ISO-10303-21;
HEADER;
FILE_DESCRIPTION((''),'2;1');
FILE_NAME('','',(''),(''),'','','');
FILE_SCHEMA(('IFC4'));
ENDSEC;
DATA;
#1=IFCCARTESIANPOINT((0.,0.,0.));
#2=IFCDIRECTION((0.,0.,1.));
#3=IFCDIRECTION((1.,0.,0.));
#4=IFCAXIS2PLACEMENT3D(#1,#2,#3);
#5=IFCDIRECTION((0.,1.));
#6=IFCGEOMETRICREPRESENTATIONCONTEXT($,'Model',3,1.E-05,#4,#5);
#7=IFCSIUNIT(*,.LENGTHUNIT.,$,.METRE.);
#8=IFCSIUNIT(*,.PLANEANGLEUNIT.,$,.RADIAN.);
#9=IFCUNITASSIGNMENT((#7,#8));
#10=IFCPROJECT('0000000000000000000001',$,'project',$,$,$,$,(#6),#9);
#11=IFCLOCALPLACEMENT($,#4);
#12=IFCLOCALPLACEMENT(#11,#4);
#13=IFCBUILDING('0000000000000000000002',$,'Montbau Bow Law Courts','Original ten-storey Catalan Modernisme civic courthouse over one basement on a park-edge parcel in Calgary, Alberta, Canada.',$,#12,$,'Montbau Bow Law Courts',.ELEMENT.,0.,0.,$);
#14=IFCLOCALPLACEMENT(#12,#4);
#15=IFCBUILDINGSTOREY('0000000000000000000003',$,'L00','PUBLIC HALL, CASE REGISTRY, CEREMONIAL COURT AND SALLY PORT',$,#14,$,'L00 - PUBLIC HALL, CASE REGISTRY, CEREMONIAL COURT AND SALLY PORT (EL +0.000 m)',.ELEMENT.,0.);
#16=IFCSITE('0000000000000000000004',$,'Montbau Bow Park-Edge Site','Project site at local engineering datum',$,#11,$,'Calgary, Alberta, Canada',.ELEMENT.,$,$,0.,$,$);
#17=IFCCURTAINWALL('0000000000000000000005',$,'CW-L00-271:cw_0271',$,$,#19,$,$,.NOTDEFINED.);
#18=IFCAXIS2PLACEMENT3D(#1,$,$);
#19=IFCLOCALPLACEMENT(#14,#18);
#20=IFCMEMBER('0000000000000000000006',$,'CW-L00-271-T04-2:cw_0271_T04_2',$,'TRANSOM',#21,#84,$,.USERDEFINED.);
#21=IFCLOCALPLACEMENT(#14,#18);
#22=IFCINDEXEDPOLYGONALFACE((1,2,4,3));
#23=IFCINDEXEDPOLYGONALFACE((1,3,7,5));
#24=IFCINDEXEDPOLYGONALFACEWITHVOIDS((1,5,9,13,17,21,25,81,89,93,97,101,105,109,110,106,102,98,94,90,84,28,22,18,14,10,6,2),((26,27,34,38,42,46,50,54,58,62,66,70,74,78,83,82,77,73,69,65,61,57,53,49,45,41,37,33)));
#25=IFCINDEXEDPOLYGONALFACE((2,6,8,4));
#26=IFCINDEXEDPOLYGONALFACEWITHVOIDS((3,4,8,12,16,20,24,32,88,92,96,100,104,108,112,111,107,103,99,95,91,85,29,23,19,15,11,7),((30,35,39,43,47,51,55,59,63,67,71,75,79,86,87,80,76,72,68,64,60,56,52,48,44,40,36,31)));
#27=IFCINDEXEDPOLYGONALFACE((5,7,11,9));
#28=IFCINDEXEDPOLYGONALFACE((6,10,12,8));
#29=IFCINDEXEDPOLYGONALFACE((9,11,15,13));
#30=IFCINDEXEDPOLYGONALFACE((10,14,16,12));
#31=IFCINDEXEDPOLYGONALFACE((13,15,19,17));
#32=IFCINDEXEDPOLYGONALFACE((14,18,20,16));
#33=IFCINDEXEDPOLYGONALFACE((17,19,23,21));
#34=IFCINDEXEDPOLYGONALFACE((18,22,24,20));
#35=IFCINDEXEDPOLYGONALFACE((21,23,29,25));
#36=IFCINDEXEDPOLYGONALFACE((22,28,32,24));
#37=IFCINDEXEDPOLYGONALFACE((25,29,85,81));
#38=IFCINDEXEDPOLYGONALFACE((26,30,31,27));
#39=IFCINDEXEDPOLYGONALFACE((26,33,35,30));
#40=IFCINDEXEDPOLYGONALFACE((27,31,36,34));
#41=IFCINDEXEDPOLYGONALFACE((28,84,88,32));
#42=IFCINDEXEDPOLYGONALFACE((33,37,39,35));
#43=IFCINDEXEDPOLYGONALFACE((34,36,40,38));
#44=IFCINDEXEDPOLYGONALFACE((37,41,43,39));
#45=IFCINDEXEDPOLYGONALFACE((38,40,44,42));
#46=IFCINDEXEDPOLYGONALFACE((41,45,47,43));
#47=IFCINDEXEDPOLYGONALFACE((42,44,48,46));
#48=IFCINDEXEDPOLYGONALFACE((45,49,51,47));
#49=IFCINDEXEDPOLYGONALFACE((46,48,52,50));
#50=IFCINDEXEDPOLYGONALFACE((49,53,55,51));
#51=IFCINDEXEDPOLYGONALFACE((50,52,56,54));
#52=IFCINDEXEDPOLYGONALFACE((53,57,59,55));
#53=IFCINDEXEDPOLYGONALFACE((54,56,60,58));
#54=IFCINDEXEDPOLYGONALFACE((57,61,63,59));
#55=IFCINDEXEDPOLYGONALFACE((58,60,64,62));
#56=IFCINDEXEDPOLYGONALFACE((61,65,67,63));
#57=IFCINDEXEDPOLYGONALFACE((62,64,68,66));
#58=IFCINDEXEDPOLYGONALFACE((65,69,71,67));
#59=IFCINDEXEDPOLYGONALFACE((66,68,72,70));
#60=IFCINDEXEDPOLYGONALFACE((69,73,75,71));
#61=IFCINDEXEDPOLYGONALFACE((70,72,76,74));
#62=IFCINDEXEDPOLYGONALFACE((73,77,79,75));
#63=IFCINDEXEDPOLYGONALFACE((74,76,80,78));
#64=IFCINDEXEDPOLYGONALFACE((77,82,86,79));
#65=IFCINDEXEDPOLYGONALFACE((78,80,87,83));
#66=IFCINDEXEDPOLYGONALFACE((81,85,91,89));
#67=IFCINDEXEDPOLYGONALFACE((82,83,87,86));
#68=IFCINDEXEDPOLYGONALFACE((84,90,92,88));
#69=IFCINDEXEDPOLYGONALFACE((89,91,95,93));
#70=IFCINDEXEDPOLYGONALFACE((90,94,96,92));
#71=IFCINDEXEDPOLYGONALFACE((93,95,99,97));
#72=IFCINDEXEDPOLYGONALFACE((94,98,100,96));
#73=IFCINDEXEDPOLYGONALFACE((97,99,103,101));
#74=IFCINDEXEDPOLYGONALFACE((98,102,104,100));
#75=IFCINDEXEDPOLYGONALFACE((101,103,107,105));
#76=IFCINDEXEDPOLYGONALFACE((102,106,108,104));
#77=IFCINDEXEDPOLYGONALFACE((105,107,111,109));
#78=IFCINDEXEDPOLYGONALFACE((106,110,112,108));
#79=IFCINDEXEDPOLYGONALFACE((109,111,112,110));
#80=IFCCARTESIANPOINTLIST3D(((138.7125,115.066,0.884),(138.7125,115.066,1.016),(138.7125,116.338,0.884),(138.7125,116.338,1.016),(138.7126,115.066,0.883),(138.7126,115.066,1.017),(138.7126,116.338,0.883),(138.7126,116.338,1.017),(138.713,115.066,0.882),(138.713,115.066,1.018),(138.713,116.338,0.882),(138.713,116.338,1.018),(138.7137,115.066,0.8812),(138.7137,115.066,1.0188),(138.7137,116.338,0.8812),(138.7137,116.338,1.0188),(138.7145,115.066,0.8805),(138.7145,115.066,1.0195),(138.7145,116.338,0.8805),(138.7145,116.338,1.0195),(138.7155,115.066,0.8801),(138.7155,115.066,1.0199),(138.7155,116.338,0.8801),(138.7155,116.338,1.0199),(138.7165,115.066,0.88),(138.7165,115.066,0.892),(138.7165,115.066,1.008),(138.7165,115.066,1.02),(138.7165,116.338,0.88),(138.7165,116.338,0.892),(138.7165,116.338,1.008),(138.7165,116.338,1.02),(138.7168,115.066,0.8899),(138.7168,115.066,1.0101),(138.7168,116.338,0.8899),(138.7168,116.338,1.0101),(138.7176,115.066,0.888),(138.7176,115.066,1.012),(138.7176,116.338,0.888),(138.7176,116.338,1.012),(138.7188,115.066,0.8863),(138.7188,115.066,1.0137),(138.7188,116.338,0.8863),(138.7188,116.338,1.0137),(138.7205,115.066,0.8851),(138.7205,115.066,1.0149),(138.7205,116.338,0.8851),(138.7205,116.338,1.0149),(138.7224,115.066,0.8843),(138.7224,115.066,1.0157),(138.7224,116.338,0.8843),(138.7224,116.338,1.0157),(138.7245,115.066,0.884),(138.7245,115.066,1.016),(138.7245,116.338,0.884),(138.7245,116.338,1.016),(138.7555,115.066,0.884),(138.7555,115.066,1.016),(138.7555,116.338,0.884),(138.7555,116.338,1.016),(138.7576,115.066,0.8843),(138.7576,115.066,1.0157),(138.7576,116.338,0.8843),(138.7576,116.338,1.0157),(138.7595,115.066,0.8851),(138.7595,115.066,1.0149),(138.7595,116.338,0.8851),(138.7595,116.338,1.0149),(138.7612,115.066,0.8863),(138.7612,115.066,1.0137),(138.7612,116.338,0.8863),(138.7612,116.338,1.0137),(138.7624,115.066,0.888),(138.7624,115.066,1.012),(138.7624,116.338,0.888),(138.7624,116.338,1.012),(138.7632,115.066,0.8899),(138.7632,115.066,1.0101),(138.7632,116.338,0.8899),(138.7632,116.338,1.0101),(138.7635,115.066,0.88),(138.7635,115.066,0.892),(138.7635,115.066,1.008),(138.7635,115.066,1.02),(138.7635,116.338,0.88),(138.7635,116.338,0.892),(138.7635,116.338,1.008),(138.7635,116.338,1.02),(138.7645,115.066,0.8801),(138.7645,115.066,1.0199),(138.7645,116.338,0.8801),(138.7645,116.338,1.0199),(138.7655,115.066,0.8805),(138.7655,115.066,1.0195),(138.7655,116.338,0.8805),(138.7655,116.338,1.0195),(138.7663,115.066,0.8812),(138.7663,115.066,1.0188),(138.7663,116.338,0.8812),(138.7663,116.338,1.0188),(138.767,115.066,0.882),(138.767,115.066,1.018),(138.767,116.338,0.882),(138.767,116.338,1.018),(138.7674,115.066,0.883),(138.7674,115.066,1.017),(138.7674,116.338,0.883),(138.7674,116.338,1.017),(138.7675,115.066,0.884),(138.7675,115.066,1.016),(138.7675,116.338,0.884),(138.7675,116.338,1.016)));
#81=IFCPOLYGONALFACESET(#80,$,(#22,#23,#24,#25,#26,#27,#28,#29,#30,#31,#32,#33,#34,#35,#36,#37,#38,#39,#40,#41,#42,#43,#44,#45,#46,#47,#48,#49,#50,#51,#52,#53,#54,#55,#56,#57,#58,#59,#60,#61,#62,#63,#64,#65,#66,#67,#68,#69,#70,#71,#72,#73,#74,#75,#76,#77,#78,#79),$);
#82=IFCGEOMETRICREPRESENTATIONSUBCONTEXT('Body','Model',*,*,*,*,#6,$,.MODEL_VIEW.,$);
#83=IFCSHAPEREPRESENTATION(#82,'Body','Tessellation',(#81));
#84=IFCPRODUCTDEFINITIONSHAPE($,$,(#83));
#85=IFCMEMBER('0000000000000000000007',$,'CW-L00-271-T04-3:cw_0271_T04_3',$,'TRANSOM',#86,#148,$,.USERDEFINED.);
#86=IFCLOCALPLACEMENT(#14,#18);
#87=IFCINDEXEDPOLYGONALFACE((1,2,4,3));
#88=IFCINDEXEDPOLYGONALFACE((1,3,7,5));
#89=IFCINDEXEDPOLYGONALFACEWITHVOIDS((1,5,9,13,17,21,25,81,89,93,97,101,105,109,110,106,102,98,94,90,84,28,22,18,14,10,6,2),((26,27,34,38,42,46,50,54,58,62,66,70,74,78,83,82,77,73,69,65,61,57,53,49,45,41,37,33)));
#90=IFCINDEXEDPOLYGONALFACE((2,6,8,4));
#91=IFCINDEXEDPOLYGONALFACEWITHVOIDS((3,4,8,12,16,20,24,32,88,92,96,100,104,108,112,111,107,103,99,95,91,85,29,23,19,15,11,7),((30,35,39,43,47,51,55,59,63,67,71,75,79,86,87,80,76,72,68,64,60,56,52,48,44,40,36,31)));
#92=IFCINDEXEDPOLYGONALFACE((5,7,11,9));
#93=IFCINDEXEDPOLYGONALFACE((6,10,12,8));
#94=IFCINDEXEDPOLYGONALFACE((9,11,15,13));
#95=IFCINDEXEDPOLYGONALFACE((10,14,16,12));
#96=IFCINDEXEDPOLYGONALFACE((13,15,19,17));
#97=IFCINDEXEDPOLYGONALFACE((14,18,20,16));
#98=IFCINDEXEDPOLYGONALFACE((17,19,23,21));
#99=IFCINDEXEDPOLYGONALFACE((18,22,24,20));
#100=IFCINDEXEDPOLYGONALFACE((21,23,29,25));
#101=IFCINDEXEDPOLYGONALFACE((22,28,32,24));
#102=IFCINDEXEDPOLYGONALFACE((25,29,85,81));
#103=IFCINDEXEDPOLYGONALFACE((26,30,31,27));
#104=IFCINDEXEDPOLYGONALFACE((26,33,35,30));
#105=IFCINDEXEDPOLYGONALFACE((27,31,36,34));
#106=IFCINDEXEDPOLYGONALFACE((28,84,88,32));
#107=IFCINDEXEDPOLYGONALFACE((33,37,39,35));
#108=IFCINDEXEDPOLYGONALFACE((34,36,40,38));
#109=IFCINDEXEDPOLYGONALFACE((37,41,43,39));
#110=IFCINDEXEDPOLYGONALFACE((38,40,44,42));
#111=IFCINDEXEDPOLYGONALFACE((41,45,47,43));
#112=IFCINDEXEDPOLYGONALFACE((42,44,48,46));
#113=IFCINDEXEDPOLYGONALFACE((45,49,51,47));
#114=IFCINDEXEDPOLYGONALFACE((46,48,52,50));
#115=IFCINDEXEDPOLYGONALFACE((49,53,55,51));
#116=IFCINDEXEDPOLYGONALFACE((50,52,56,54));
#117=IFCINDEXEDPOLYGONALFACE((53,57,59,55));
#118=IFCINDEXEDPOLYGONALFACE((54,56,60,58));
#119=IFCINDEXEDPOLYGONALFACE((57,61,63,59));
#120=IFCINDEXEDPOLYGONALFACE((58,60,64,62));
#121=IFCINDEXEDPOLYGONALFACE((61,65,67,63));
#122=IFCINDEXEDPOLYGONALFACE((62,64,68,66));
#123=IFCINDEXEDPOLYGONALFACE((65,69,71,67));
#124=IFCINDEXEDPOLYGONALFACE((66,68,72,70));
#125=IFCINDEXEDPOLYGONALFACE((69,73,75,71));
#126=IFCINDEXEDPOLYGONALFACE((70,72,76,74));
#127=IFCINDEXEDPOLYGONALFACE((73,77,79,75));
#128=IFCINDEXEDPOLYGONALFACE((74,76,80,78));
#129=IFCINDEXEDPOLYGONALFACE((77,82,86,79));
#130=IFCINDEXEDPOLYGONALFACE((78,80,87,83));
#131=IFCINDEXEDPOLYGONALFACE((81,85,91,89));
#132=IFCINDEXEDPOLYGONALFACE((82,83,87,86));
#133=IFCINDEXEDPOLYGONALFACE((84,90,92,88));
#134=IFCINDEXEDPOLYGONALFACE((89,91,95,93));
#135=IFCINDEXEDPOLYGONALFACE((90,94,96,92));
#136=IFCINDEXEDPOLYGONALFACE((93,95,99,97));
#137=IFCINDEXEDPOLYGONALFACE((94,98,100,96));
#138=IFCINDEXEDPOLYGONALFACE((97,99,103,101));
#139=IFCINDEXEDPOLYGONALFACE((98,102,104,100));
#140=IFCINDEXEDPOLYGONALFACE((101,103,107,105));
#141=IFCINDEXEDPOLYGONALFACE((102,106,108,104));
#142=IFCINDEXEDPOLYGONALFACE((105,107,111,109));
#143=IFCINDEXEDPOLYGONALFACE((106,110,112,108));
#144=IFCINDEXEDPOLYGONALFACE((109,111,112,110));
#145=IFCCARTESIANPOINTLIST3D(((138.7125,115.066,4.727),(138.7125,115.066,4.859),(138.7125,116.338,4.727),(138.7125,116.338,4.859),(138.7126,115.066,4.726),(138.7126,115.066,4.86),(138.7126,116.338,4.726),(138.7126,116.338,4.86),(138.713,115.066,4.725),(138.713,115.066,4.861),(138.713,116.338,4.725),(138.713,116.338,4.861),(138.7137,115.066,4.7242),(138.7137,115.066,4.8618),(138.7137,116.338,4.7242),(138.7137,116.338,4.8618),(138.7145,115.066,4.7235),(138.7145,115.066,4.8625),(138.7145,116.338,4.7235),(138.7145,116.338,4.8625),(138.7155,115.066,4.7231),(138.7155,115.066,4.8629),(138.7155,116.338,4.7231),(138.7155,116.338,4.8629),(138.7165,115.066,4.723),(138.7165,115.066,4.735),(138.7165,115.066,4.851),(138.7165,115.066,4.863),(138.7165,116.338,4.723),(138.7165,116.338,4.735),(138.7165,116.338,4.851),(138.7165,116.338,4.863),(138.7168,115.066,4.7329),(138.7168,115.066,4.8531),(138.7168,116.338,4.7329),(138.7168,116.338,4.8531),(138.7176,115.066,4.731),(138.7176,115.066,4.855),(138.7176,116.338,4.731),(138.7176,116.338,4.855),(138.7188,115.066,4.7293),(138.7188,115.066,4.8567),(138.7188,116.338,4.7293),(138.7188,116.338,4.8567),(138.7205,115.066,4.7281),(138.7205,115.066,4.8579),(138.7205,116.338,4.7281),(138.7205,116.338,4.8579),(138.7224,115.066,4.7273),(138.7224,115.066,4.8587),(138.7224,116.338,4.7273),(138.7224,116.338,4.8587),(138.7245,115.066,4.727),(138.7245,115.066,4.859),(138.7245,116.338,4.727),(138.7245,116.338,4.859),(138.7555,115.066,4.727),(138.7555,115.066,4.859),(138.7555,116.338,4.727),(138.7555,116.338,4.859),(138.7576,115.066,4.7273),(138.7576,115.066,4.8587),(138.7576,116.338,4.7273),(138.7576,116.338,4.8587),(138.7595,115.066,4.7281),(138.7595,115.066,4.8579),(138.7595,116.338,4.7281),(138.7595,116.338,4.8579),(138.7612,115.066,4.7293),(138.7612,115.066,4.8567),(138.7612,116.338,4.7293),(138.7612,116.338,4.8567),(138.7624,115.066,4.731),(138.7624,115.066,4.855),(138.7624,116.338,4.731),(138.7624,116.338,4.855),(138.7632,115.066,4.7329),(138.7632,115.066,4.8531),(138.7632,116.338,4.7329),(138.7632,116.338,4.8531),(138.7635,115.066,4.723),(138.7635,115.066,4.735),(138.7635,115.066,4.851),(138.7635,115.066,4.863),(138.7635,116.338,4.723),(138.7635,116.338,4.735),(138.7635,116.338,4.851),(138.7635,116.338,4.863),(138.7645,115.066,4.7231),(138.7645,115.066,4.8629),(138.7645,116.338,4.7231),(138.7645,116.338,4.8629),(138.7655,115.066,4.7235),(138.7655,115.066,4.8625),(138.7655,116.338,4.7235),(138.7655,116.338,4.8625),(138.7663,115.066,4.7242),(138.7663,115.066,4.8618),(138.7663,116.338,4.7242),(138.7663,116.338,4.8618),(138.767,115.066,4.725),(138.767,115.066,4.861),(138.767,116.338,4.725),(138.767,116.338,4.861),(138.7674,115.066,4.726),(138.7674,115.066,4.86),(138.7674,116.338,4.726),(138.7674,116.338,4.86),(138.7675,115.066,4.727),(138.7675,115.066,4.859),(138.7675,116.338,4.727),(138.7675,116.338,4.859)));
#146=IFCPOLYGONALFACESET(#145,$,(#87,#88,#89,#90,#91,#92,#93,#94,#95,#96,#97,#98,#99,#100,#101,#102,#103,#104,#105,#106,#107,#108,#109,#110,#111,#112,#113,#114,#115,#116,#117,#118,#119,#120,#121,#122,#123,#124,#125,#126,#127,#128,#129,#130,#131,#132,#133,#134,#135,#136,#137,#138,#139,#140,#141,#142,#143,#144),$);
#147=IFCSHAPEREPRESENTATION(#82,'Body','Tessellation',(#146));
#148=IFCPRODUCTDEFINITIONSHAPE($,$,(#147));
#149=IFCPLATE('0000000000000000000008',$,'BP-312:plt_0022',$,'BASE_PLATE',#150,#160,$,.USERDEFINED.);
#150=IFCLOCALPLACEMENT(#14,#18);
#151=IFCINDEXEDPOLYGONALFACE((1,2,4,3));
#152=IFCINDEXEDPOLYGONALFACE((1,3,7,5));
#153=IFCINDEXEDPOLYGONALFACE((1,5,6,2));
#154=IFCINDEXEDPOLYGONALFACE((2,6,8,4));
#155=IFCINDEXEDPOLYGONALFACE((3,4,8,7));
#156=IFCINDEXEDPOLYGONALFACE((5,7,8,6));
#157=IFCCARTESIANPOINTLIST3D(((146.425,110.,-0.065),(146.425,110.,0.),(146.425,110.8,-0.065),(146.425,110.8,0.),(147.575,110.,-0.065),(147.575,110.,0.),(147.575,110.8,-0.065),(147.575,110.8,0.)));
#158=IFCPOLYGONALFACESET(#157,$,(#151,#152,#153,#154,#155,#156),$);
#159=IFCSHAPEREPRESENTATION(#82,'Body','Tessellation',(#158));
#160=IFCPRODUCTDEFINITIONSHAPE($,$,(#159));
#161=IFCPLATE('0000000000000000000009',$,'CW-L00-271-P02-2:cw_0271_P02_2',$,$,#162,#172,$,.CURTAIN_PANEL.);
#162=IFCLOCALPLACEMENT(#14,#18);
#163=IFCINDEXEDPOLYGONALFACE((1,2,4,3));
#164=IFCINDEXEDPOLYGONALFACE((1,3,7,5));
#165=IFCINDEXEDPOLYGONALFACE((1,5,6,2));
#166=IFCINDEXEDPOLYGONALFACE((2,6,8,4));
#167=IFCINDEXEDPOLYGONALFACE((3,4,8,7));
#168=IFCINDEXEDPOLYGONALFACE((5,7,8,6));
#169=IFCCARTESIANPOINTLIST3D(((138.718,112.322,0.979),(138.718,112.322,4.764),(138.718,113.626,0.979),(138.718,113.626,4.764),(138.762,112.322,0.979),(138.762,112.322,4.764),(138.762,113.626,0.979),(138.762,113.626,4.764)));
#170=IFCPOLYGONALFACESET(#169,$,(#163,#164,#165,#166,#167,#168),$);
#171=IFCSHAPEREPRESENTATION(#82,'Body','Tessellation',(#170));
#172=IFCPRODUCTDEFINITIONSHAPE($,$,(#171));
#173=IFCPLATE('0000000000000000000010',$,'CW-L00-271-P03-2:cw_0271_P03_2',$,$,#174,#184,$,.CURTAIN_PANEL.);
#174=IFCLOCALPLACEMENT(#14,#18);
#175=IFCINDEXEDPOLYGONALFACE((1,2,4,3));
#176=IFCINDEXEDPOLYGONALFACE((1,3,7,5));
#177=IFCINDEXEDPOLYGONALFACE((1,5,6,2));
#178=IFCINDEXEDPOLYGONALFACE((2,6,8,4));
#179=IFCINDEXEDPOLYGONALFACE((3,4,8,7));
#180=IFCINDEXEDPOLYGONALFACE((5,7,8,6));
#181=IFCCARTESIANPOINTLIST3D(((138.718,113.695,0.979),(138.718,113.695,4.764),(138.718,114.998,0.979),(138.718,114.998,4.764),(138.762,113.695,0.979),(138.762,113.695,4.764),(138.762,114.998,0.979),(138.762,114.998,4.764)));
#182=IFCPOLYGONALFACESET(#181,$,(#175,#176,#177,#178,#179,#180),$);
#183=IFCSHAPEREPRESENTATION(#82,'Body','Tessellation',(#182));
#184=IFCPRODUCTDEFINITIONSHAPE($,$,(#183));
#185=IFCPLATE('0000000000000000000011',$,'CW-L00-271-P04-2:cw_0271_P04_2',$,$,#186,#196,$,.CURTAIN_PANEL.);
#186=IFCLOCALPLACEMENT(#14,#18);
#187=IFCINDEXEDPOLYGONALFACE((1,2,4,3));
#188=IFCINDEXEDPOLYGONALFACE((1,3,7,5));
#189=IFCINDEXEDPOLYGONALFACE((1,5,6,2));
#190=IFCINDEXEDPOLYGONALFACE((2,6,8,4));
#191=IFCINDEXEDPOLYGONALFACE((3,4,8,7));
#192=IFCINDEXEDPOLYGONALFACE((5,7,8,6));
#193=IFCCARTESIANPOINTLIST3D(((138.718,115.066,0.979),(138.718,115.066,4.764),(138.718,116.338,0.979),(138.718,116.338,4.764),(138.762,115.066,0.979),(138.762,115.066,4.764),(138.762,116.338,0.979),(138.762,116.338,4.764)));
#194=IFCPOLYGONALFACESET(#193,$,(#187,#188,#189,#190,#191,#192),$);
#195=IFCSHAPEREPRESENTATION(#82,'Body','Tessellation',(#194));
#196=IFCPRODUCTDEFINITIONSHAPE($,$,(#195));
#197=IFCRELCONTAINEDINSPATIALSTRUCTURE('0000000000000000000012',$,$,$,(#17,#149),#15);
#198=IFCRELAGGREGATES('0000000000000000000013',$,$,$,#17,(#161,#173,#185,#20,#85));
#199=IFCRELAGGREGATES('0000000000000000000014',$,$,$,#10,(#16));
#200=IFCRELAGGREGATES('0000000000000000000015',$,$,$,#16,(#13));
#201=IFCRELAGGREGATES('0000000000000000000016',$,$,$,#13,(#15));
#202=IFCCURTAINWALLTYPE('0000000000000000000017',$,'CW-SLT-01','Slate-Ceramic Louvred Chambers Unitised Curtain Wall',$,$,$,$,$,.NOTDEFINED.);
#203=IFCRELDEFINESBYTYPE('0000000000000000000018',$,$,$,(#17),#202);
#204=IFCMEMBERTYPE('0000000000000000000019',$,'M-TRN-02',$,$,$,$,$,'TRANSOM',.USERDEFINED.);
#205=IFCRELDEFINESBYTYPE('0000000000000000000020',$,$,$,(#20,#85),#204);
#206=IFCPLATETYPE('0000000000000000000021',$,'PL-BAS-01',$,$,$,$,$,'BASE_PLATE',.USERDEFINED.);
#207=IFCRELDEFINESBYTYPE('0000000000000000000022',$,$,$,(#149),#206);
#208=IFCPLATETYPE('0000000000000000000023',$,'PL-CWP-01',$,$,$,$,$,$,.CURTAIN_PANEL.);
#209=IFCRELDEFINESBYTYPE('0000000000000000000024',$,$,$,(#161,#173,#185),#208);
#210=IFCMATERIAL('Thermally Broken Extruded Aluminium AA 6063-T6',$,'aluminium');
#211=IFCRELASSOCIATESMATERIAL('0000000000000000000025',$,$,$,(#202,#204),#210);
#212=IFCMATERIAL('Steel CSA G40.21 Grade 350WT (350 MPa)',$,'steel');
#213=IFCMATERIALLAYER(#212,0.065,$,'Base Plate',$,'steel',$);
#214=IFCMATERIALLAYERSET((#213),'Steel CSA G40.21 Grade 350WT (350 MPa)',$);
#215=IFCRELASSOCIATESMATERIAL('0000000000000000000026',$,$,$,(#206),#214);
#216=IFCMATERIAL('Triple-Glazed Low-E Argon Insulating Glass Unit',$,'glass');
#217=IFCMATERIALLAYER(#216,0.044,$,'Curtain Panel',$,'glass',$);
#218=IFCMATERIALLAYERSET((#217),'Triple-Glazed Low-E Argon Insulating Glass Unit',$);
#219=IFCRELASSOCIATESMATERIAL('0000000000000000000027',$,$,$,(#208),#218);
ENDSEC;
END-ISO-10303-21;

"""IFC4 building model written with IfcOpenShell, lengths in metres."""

from ifc_helpers import new_model, si_unit, direction, frame, frame_2d, origin_with_axes, origin_2d_with_axis, place, context, subcontext, project, spatial, rectangle, hollow_rectangle, extrude, material, layer, layer_set, material_profile, profile_set, type_object, element, aggregate, save


model = new_model("IFC4")

# Units and contexts
model_context = context("Model", 3, precision=1e-05, world=origin_with_axes(), true_north=direction((0.0, 1.0)))
body_context = subcontext(model_context, "Body", "Model", "MODEL_VIEW")
ifc_project = project(units=[si_unit("LENGTHUNIT", "METRE"), si_unit("PLANEANGLEUNIT", "RADIAN")], contexts=[model_context])

# Site, building, storey
site_placement = place(None, origin_with_axes())
site = spatial("IfcSite", under=ifc_project, at=site_placement, Name="Montbau Bow Park-Edge Site", Description="Project site at local engineering datum", LongName="Calgary, Alberta, Canada", CompositionType="ELEMENT", RefElevation=0.0)
building_placement = place(site_placement, origin_with_axes())
building = spatial("IfcBuilding", under=site, at=building_placement, Name="Montbau Bow Law Courts", Description="Original ten-storey Catalan Modernisme civic courthouse over one basement on a park-edge parcel in Calgary, Alberta, Canada.", LongName="Montbau Bow Law Courts", CompositionType="ELEMENT", ElevationOfRefHeight=0.0, ElevationOfTerrain=0.0)
storey_placement = place(building_placement, origin_with_axes())
storey = spatial("IfcBuildingStorey", under=building, at=storey_placement, Name="L00", Description="PUBLIC HALL, CASE REGISTRY, CEREMONIAL COURT AND SALLY PORT", LongName="L00 - PUBLIC HALL, CASE REGISTRY, CEREMONIAL COURT AND SALLY PORT (EL +0.000 m)", CompositionType="ELEMENT", Elevation=0.0)

# Curtain wall, members
ifc_material_1 = material(Name="Thermally Broken Extruded Aluminium AA 6063-T6", Category="aluminium")
curtain_wall_type = type_object("IfcCurtainWallType", Name="CW-SLT-01", Description="Slate-Ceramic Louvred Chambers Unitised Curtain Wall", PredefinedType="NOTDEFINED", material=ifc_material_1)
curtain_wall_placement = place(None, frame((138.74, 110.915, 0.0), z_axis=(0.0, 0.0, 1.0), x_axis=(1.0, 0.0, 0.0)))
curtain_wall = element("IfcCurtainWall", 1, at=curtain_wall_placement, inside=storey, type_object=curtain_wall_type, Name="CW-L00-271:cw_0271", PredefinedType="NOTDEFINED")
ifc_material_profile_1 = material_profile(ifc_material_1, hollow_rectangle(XDim=0.055, YDim=0.14, WallThickness=0.004, InnerFilletRadius=0.008, OuterFilletRadius=0.004, at=origin_2d_with_axis()), Name="CWT-140X55", Category="Main", Priority=0)
ifc_profile_set_1 = profile_set([ifc_material_profile_1], Name="Thermally Broken Extruded Aluminium AA 6063-T6")
member_type_1 = type_object("IfcMemberType", Name="M-TRN-02", ElementType="TRANSOM", PredefinedType="USERDEFINED", material=ifc_profile_set_1)
member_1_placement = place(None, frame((138.74, 115.066, 0.95), z_axis=(0.0, 1.0, 0.0), x_axis=(-1.0, 0.0, 0.0)))
member_1 = element("IfcMember", 2, at=member_1_placement, type_object=member_type_1, Name="CW-L00-271-T04-2:cw_0271_T04_2", ObjectType="TRANSOM", PredefinedType="USERDEFINED", context=body_context, shape_type="SweptSolid", body=[
    extrude(hollow_rectangle(XDim=0.055, YDim=0.14, WallThickness=0.004, InnerFilletRadius=0.008, OuterFilletRadius=0.004, at=origin_2d_with_axis()), origin_with_axes(), (0.0, 0.0, 1.0), 1.272),
])
member_2_placement = place(None, frame((138.74, 115.066, 4.793), z_axis=(0.0, 1.0, 0.0), x_axis=(-1.0, 0.0, 0.0)))
member_2 = element("IfcMember", 3, at=member_2_placement, type_object=member_type_1, Name="CW-L00-271-T04-3:cw_0271_T04_3", ObjectType="TRANSOM", PredefinedType="USERDEFINED", context=body_context, shape_type="SweptSolid", body=[
    extrude(hollow_rectangle(XDim=0.055, YDim=0.14, WallThickness=0.004, InnerFilletRadius=0.008, OuterFilletRadius=0.004, at=origin_2d_with_axis()), origin_with_axes(), (0.0, 0.0, 1.0), 1.272),
])

# Plates
ifc_material_2 = material(Name="Steel CSA G40.21 Grade 350WT (350 MPa)", Category="steel")
ifc_layer_1 = layer(ifc_material_2, 0.065, Name="Base Plate", Category="steel")
ifc_layer_set_1 = layer_set([ifc_layer_1], Name="Steel CSA G40.21 Grade 350WT (350 MPa)")
plate_type_1 = type_object("IfcPlateType", Name="PL-BAS-01", ElementType="BASE_PLATE", PredefinedType="USERDEFINED", material=ifc_layer_set_1)
plate_1_placement = place(None, frame((147.0, 110.4, -0.065), z_axis=(0.0, 0.0, 1.0), x_axis=(1.0, 0.0, 0.0)))
element("IfcPlate", 4, at=plate_1_placement, inside=storey, type_object=plate_type_1, Name="BP-312:plt_0022", ObjectType="BASE_PLATE", PredefinedType="USERDEFINED", context=body_context, shape_type="SweptSolid", body=[
    extrude(rectangle(XDim=1.15, YDim=0.8, at=origin_2d_with_axis()), origin_with_axes(), (0.0, 0.0, 1.0), 0.065),
])
ifc_material_3 = material(Name="Triple-Glazed Low-E Argon Insulating Glass Unit", Category="glass")
ifc_layer_2 = layer(ifc_material_3, 0.044, Name="Curtain Panel", Category="glass")
ifc_layer_set_2 = layer_set([ifc_layer_2], Name="Triple-Glazed Low-E Argon Insulating Glass Unit")
plate_type_2 = type_object("IfcPlateType", Name="PL-CWP-01", PredefinedType="CURTAIN_PANEL", material=ifc_layer_set_2)
plate_2_placement = place(None, frame((138.74, 112.322, 0.979), z_axis=(1.0, 0.0, 0.0), x_axis=(0.0, 1.0, 0.0)))
plate_2 = element("IfcPlate", 5, at=plate_2_placement, type_object=plate_type_2, Name="CW-L00-271-P02-2:cw_0271_P02_2", PredefinedType="CURTAIN_PANEL", context=body_context, shape_type="SweptSolid", body=[
    extrude(rectangle(XDim=1.304, YDim=3.785, at=frame_2d((0.652, 1.8925), x_axis=(1.0, 0.0))), frame((0.0, 0.0, -0.022), z_axis=(0.0, 0.0, 1.0), x_axis=(1.0, 0.0, 0.0)), (0.0, 0.0, 1.0), 0.044),
])
plate_3_placement = place(None, frame((138.74, 113.695, 0.979), z_axis=(1.0, 0.0, 0.0), x_axis=(0.0, 1.0, 0.0)))
plate_3 = element("IfcPlate", 6, at=plate_3_placement, type_object=plate_type_2, Name="CW-L00-271-P03-2:cw_0271_P03_2", PredefinedType="CURTAIN_PANEL", context=body_context, shape_type="SweptSolid", body=[
    extrude(rectangle(XDim=1.303, YDim=3.785, at=frame_2d((0.6515, 1.8925), x_axis=(1.0, 0.0))), frame((0.0, 0.0, -0.022), z_axis=(0.0, 0.0, 1.0), x_axis=(1.0, 0.0, 0.0)), (0.0, 0.0, 1.0), 0.044),
])
plate_4_placement = place(None, frame((138.74, 115.066, 0.979), z_axis=(1.0, 0.0, 0.0), x_axis=(0.0, 1.0, 0.0)))
plate_4 = element("IfcPlate", 7, at=plate_4_placement, type_object=plate_type_2, Name="CW-L00-271-P04-2:cw_0271_P04_2", PredefinedType="CURTAIN_PANEL", context=body_context, shape_type="SweptSolid", body=[
    extrude(rectangle(XDim=1.272, YDim=3.785, at=frame_2d((0.636, 1.8925), x_axis=(1.0, 0.0))), frame((0.0, 0.0, -0.022), z_axis=(0.0, 0.0, 1.0), x_axis=(1.0, 0.0, 0.0)), (0.0, 0.0, 1.0), 0.044),
])
aggregate(curtain_wall, [plate_2, plate_3, plate_4, member_1, member_2])

save(model, "model.ifc")
